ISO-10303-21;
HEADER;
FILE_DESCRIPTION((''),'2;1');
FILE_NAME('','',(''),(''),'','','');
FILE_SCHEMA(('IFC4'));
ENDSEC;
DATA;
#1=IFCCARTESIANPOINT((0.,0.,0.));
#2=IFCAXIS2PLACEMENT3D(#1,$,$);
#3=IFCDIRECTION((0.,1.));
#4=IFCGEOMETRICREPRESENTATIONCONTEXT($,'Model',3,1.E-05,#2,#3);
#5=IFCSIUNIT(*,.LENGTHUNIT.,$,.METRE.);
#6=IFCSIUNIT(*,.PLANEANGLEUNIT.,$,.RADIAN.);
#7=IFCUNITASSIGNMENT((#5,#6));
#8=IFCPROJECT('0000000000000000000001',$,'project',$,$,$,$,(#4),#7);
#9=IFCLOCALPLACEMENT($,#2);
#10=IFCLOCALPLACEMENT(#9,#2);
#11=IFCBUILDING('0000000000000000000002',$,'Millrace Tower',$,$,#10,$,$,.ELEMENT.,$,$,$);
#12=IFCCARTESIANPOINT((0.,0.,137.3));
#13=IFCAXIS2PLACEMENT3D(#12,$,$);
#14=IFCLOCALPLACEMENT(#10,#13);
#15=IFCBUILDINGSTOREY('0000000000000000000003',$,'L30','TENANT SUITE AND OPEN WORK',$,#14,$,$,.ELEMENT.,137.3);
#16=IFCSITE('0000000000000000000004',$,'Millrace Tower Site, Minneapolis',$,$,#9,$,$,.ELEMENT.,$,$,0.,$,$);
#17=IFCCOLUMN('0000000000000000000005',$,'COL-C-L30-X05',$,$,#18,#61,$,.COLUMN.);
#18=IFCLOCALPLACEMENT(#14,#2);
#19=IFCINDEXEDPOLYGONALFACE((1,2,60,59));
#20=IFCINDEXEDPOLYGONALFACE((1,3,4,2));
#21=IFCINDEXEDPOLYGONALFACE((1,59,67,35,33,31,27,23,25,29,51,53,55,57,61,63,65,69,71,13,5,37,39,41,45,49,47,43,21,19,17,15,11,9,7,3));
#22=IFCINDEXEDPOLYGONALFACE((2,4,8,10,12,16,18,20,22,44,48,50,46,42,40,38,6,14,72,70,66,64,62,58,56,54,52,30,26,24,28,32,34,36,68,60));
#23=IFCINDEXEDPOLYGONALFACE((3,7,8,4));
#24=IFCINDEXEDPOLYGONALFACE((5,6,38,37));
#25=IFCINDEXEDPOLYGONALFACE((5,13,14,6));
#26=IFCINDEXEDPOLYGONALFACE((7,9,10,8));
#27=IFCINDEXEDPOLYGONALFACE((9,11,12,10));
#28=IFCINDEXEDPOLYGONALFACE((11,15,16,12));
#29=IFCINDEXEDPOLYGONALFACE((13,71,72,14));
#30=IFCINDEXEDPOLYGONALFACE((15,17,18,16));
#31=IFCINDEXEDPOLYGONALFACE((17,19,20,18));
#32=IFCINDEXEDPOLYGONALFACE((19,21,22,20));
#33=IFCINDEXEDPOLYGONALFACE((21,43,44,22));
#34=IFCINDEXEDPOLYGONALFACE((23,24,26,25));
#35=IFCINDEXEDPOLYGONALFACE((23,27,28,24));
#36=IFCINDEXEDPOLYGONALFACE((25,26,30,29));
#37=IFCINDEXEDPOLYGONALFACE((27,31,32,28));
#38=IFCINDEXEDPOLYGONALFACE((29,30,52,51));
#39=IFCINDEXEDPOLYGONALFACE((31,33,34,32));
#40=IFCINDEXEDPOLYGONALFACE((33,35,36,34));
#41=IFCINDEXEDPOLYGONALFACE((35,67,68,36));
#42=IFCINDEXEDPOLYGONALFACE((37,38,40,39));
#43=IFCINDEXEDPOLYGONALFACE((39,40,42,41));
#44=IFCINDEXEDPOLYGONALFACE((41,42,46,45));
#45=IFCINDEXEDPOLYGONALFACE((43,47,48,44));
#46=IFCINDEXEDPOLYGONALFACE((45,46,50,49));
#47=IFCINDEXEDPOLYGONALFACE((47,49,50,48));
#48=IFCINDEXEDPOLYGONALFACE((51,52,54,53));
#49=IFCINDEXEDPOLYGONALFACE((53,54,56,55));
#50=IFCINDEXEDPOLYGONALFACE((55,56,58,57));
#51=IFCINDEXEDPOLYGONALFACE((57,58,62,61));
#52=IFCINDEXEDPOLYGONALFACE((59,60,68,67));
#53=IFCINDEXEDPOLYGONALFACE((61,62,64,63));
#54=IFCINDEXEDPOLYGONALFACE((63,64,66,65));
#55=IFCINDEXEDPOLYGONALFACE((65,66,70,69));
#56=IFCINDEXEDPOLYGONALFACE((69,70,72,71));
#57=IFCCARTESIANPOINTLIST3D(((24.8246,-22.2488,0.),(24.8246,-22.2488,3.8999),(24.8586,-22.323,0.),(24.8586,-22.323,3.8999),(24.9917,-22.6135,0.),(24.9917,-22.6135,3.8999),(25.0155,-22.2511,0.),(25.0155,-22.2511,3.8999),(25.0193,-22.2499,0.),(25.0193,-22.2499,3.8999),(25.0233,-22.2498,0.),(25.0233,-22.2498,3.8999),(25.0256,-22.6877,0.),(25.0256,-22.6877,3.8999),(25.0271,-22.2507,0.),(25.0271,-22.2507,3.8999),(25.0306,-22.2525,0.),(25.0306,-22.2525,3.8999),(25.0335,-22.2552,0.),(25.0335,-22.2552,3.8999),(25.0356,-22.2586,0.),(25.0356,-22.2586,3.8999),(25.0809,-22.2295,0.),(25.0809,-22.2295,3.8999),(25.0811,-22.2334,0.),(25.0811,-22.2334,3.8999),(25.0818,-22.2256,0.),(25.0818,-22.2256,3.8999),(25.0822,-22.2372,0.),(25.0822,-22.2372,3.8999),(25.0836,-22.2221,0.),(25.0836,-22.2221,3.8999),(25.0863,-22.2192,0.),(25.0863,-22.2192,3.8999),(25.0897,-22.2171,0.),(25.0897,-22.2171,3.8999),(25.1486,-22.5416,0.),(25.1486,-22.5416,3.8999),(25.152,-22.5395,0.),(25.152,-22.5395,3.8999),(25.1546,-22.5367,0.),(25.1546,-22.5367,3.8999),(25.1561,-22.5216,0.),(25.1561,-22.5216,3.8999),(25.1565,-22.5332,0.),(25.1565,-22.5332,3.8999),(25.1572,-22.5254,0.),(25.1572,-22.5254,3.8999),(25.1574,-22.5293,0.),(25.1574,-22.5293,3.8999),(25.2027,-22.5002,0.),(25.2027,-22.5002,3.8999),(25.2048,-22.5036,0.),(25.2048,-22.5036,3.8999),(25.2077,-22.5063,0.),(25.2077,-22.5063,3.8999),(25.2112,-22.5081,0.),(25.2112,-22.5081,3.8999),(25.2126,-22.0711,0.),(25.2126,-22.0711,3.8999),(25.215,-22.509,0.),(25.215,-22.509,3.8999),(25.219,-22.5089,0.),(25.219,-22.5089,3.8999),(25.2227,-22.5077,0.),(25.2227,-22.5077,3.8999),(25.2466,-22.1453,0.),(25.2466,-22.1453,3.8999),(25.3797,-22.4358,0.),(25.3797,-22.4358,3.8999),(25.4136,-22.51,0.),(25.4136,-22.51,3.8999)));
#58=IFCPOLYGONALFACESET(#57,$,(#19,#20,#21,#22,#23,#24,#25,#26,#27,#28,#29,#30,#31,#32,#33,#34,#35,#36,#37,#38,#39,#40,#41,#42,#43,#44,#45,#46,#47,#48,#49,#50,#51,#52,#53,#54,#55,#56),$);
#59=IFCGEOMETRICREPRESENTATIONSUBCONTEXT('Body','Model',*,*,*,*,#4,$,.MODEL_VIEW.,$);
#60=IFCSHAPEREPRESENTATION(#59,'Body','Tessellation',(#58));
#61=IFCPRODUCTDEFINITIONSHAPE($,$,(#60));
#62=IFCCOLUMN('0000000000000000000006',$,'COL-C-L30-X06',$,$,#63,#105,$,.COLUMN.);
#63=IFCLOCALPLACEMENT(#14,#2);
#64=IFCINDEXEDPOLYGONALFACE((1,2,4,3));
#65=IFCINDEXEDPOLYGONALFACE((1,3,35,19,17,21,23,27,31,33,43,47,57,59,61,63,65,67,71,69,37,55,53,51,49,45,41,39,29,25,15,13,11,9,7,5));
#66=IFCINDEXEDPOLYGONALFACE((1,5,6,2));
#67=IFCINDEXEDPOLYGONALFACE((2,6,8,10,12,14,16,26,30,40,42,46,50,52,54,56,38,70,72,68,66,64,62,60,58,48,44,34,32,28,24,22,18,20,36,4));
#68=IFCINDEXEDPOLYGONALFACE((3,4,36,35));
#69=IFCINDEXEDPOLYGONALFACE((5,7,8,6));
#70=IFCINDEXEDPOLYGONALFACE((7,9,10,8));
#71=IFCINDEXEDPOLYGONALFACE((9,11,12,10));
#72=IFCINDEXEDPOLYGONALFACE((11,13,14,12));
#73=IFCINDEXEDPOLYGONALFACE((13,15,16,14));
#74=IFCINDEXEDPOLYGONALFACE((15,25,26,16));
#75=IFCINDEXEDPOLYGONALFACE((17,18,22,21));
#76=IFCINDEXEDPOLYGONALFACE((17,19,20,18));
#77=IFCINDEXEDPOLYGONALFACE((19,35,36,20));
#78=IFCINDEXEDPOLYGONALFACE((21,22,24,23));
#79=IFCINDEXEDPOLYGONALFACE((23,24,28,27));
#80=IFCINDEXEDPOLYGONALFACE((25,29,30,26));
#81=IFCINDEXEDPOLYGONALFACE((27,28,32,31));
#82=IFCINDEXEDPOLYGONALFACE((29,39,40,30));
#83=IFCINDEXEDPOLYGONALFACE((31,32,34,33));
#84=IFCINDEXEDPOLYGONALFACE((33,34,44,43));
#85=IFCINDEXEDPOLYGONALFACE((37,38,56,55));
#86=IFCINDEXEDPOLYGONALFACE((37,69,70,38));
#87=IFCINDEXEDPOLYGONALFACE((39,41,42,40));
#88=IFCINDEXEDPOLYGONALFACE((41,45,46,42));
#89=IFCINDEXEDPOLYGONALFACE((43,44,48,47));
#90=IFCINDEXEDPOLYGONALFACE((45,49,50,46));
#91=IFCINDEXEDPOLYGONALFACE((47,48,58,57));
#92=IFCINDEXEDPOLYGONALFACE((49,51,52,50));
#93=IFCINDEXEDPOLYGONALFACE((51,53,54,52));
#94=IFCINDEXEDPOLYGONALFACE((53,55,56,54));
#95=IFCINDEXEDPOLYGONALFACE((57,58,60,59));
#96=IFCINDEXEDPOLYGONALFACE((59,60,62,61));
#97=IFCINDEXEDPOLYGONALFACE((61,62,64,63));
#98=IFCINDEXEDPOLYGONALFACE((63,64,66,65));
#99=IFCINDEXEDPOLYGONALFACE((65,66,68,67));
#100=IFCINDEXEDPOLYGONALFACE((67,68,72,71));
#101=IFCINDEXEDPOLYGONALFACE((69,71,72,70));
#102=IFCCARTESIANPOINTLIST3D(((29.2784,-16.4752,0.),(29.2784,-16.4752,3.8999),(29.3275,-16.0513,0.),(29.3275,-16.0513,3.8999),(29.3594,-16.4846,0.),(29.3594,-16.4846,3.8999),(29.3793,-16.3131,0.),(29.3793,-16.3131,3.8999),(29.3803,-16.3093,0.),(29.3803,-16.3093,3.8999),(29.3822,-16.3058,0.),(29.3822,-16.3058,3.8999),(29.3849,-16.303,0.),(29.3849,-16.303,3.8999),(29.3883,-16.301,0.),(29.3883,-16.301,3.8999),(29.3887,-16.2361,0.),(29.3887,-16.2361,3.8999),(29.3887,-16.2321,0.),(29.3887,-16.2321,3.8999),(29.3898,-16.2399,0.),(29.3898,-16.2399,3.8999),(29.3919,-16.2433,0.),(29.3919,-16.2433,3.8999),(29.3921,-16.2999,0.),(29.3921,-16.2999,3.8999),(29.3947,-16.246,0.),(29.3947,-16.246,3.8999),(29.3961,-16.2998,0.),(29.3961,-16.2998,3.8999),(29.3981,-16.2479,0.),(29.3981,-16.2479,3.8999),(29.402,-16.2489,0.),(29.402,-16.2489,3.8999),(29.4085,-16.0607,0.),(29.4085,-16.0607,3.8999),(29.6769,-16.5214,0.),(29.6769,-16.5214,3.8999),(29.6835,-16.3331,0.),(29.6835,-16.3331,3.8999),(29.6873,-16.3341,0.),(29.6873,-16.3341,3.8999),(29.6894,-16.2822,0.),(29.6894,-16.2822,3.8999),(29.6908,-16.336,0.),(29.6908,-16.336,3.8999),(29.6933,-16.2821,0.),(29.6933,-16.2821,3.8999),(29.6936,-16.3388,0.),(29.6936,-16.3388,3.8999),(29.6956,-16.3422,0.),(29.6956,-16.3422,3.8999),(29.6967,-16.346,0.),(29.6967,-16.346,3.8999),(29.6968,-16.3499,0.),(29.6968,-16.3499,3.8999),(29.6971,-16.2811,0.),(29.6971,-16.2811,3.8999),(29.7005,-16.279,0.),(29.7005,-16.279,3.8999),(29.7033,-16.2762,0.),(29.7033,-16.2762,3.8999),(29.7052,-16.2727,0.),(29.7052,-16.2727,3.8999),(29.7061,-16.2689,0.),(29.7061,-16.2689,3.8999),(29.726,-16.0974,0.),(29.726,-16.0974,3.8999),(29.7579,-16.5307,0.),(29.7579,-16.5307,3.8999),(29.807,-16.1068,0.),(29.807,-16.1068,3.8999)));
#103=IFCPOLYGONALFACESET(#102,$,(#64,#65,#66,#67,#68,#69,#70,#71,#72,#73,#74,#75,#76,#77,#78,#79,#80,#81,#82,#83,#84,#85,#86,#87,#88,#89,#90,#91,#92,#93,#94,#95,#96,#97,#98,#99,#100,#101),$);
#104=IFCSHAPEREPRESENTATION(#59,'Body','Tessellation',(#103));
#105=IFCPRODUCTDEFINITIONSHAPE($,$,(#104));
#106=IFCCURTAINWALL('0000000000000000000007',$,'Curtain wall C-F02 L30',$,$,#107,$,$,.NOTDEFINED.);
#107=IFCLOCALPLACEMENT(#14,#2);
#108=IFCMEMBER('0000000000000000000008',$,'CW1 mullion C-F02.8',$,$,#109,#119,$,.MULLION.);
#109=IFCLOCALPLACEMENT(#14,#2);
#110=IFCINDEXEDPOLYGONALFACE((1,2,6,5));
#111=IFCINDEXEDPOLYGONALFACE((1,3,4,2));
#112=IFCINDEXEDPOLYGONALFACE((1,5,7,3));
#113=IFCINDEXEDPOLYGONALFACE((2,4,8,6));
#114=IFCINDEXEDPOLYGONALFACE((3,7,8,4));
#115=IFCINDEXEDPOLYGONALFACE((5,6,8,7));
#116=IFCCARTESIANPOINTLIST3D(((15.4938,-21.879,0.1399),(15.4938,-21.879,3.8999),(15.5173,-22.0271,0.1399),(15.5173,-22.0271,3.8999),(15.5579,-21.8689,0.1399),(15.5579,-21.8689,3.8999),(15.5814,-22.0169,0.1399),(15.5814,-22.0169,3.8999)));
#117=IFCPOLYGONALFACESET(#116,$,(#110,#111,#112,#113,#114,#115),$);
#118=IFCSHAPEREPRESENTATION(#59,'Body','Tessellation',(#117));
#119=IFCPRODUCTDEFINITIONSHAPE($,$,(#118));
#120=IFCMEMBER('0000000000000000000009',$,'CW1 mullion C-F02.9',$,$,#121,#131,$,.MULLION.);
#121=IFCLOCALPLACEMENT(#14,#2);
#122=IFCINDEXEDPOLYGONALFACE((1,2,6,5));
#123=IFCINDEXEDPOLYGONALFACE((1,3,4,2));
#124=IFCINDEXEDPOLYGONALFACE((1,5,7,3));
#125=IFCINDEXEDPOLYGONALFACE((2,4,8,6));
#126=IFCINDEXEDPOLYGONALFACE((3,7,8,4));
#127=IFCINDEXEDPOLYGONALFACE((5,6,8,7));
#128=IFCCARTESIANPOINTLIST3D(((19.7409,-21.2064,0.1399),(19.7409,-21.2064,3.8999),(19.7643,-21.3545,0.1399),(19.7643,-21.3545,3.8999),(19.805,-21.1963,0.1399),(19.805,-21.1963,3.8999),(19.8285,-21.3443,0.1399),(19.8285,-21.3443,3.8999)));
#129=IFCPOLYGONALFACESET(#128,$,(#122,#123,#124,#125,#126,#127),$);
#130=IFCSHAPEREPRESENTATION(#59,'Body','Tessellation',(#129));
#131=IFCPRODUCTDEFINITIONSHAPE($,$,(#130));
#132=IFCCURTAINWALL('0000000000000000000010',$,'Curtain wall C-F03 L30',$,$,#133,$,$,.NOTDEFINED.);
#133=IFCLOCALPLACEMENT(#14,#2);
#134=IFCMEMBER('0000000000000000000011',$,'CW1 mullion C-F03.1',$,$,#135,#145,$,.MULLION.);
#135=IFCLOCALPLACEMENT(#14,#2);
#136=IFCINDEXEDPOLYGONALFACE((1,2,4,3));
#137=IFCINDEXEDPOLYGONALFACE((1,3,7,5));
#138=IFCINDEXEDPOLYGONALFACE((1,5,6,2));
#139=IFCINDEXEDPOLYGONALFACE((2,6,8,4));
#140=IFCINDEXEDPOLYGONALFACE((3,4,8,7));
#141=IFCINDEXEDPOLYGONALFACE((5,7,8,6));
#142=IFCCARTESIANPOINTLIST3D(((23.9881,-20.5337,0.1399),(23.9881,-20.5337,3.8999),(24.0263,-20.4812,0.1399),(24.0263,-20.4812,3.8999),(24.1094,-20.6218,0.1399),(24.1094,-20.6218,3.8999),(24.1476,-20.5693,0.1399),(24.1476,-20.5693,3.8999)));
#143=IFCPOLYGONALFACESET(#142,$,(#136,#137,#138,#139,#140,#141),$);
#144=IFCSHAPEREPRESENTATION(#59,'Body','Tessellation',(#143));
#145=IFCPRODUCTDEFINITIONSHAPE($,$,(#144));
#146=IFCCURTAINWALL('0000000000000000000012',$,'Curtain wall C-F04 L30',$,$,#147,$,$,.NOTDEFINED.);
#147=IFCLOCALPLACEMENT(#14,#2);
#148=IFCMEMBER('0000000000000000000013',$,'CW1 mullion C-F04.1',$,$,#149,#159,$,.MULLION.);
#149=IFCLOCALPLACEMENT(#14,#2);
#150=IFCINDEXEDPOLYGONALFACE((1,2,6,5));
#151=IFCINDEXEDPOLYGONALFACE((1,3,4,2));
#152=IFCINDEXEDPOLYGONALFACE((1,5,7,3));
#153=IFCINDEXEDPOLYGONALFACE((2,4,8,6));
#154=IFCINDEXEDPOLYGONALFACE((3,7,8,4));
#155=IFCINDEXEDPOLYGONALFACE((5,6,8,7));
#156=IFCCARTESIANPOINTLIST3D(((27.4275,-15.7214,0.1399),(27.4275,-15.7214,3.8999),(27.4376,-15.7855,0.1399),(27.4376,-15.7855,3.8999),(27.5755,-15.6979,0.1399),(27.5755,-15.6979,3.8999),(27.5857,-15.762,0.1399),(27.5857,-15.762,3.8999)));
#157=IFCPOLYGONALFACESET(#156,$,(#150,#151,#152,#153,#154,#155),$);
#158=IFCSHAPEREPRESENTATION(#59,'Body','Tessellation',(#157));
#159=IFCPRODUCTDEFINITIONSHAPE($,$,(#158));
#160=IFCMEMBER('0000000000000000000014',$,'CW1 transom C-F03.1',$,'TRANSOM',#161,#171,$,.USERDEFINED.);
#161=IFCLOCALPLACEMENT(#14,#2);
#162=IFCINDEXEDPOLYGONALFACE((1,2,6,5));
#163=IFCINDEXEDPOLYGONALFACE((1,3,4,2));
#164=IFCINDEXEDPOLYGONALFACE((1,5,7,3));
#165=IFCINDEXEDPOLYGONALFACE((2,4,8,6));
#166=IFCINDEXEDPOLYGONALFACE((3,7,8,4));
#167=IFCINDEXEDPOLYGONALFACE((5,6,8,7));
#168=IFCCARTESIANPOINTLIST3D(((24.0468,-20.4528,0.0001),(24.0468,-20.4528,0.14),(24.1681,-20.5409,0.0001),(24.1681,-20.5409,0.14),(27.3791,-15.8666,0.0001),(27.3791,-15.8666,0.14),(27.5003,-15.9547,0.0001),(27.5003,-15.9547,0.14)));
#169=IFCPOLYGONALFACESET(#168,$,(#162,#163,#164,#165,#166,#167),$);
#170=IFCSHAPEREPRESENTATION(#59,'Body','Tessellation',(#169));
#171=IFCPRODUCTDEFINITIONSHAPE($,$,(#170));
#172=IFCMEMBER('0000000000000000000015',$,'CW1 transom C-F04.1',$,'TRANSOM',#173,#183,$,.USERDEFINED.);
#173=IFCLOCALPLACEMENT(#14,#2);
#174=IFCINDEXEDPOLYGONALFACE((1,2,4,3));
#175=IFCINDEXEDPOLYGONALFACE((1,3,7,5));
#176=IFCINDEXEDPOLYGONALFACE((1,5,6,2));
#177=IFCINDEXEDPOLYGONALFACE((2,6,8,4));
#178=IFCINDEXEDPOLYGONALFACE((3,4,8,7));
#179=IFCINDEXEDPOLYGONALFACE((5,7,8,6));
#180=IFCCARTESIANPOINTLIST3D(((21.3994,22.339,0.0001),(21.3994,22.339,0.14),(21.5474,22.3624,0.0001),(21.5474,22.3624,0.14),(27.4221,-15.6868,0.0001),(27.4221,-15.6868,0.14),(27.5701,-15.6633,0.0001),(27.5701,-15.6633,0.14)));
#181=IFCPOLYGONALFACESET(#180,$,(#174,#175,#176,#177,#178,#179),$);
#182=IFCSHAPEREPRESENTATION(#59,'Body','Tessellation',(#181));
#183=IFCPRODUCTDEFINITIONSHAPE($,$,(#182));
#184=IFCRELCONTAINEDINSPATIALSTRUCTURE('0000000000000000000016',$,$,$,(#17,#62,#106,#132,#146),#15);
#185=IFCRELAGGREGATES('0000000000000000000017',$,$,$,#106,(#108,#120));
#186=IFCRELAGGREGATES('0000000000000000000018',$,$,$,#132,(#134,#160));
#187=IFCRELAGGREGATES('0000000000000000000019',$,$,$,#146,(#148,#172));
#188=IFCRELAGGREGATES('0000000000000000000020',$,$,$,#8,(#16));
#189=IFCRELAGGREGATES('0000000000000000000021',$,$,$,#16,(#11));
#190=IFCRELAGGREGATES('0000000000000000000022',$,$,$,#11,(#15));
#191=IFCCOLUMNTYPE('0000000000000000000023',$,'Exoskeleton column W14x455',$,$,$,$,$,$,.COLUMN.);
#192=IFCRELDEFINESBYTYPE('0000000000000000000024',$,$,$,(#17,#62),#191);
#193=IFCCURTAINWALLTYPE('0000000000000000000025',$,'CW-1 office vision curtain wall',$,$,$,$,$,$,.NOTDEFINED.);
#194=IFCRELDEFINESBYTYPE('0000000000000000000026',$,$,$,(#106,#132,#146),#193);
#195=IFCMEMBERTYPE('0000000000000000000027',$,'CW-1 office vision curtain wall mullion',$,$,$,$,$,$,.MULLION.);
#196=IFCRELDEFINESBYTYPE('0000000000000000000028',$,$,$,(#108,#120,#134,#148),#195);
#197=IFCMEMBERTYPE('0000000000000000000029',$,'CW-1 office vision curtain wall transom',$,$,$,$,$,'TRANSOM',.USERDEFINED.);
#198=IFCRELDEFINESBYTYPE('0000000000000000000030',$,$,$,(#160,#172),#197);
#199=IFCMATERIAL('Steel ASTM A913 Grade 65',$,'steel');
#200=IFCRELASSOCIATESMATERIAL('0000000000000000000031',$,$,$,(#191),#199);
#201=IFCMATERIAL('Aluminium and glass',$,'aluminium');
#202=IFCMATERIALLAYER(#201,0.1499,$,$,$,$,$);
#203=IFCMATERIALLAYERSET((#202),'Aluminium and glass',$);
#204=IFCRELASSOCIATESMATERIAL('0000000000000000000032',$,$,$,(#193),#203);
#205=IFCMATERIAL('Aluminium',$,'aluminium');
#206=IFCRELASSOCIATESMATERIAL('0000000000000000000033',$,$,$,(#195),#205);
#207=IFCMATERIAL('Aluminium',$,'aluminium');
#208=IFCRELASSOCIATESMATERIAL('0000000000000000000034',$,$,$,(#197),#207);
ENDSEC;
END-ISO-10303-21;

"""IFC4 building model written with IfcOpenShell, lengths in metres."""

from ifc_helpers import new_model, si_unit, direction, frame, origin, origin_2d, place, context, subcontext, project, spatial, rectangle, i_section, extrude, material, layer, layer_set, material_profile, profile_set, type_object, element, aggregate, save


model = new_model("IFC4")

# Units and contexts
model_context = context("Model", 3, precision=1e-05, world=origin(), true_north=direction((0.0, 1.0)))
body_context = subcontext(model_context, "Body", "Model", "MODEL_VIEW")
ifc_project = project(units=[si_unit("LENGTHUNIT", "METRE"), si_unit("PLANEANGLEUNIT", "RADIAN")], contexts=[model_context])

# Site, building, storey
site_placement = place(None, origin())
site = spatial("IfcSite", under=ifc_project, at=site_placement, Name="Millrace Tower Site, Minneapolis", CompositionType="ELEMENT", RefElevation=0.0)
building_placement = place(site_placement, origin())
building = spatial("IfcBuilding", under=site, at=building_placement, Name="Millrace Tower", CompositionType="ELEMENT")
storey_placement = place(building_placement, frame((0.0, 0.0, 137.3)))
storey = spatial("IfcBuildingStorey", under=building, at=storey_placement, Name="L30", Description="TENANT SUITE AND OPEN WORK", CompositionType="ELEMENT", Elevation=137.3)

# Columns
ifc_material_1 = material(Name="Steel ASTM A913 Grade 65", Category="steel")
ifc_material_profile_1 = material_profile(ifc_material_1, i_section(OverallWidth=0.4268, OverallDepth=0.4827, WebThickness=0.0513, FlangeThickness=0.0815, FilletRadius=0.0151, at=origin_2d()))
ifc_profile_set_1 = profile_set([ifc_material_profile_1], Name="Steel ASTM A913 Grade 65")
column_type = type_object("IfcColumnType", Name="Exoskeleton column W14x455", PredefinedType="COLUMN", material=ifc_profile_set_1)
for number, where, z_axis, x_axis, name in (
    (1, (25.1191, -22.3794, 0.0), (0.0, 0.0, 1.0), (0.909181, 0.416401, 0.0), "COL-C-L30-X05"),
    (2, (29.5427, -16.291, 0.0), (0.0, 0.0, 1.0), (0.115069, 0.993358, 0.0), "COL-C-L30-X06"),
):
    element("IfcColumn", number, at=place(storey_placement, frame(where, z_axis=z_axis, x_axis=x_axis)), inside=storey, type_object=column_type, Name=name, PredefinedType="COLUMN", context=body_context, shape_type="SweptSolid", body=[
        extrude(i_section(OverallWidth=0.4268, OverallDepth=0.4827, WebThickness=0.0513, FlangeThickness=0.0815, FilletRadius=0.0151, at=origin_2d()), origin(), (0.0, 0.0, 1.0), 3.8999),
    ])

# Curtain wall, members
ifc_material_2 = material(Name="Aluminium and glass", Category="aluminium")
ifc_layer_1 = layer(ifc_material_2, 0.1499)
ifc_layer_set_1 = layer_set([ifc_layer_1], Name="Aluminium and glass")
curtain_wall_type = type_object("IfcCurtainWallType", Name="CW-1 office vision curtain wall", PredefinedType="NOTDEFINED", material=ifc_layer_set_1)
placement = place(storey_placement, origin())
curtain_wall_1 = element("IfcCurtainWall", 3, at=placement, inside=storey, type_object=curtain_wall_type, Name="Curtain wall C-F02 L30", PredefinedType="NOTDEFINED")
ifc_material_3 = material(Name="Aluminium", Category="aluminium")
ifc_material_profile_2 = material_profile(ifc_material_3, rectangle(XDim=0.0649, YDim=0.1499, at=origin_2d()))
ifc_profile_set_2 = profile_set([ifc_material_profile_2], Name="Aluminium")
member_type_1 = type_object("IfcMemberType", Name="CW-1 office vision curtain wall mullion", PredefinedType="MULLION", material=ifc_profile_set_2)
member_1_placement = place(storey_placement, frame((15.5376, -21.948, 0.1399), z_axis=(0.0, 0.0, 1.0), x_axis=(0.987688, 0.156434, 0.0)))
member_1 = element("IfcMember", 4, at=member_1_placement, type_object=member_type_1, Name="CW1 mullion C-F02.8", PredefinedType="MULLION", context=body_context, shape_type="SweptSolid", body=[
    extrude(rectangle(XDim=0.0649, YDim=0.1499, at=origin_2d()), origin(), (0.0, 0.0, 1.0), 3.76),
])
member_2_placement = place(storey_placement, frame((19.7847, -21.2754, 0.1399), z_axis=(0.0, 0.0, 1.0), x_axis=(0.987688, 0.156434, 0.0)))
member_2 = element("IfcMember", 5, at=member_2_placement, type_object=member_type_1, Name="CW1 mullion C-F02.9", PredefinedType="MULLION", context=body_context, shape_type="SweptSolid", body=[
    extrude(rectangle(XDim=0.0649, YDim=0.1499, at=origin_2d()), origin(), (0.0, 0.0, 1.0), 3.76),
])
aggregate(curtain_wall_1, [member_1, member_2])

# Curtain walls, members
curtain_wall_2 = element("IfcCurtainWall", 6, at=placement, inside=storey, type_object=curtain_wall_type, Name="Curtain wall C-F03 L30", PredefinedType="NOTDEFINED")
member_3_placement = place(storey_placement, frame((24.0679, -20.5515, 0.1399), z_axis=(0.0, 0.0, 1.0), x_axis=(0.587785, 0.809017, 0.0)))
member_3 = element("IfcMember", 7, at=member_3_placement, type_object=member_type_1, Name="CW1 mullion C-F03.1", PredefinedType="MULLION", context=body_context, shape_type="SweptSolid", body=[
    extrude(rectangle(XDim=0.0649, YDim=0.1499, at=origin_2d()), origin(), (0.0, 0.0, 1.0), 3.76),
])
curtain_wall_3 = element("IfcCurtainWall", 8, at=placement, inside=storey, type_object=curtain_wall_type, Name="Curtain wall C-F04 L30", PredefinedType="NOTDEFINED")
member_4_placement = place(storey_placement, frame((27.5066, -15.7417, 0.1399), z_axis=(0.0, 0.0, 1.0), x_axis=(-0.156434, 0.987688, 0.0)))
member_4 = element("IfcMember", 9, at=member_4_placement, type_object=member_type_1, Name="CW1 mullion C-F04.1", PredefinedType="MULLION", context=body_context, shape_type="SweptSolid", body=[
    extrude(rectangle(XDim=0.0649, YDim=0.1499, at=origin_2d()), origin(), (0.0, 0.0, 1.0), 3.76),
])

# Members
ifc_material_4 = material(Name="Aluminium", Category="aluminium")
ifc_material_profile_3 = material_profile(ifc_material_4, rectangle(XDim=0.1499, YDim=0.1399, at=origin_2d()))
ifc_profile_set_3 = profile_set([ifc_material_profile_3], Name="Aluminium")
member_type_2 = type_object("IfcMemberType", Name="CW-1 office vision curtain wall transom", ElementType="TRANSOM", PredefinedType="USERDEFINED", material=ifc_profile_set_3)
member_5_placement = place(storey_placement, frame((24.1074, -20.4968, 0.0701), z_axis=(0.587811, 0.808999, 0.0), x_axis=(-0.808999, 0.587811, 0.0)))
member_5 = element("IfcMember", 10, at=member_5_placement, type_object=member_type_2, Name="CW1 transom C-F03.1", ObjectType="TRANSOM", PredefinedType="USERDEFINED", context=body_context, shape_type="SweptSolid", body=[
    extrude(rectangle(XDim=0.1499, YDim=0.1399, at=origin_2d()), origin(), (0.0, 0.0, 1.0), 5.6689),
])
aggregate(curtain_wall_2, [member_3, member_5])
member_6_placement = place(storey_placement, frame((27.4961, -15.675, 0.0701), z_axis=(-0.156434, 0.987688, 0.0), x_axis=(-0.987688, -0.156434, 0.0)))
member_6 = element("IfcMember", 11, at=member_6_placement, type_object=member_type_2, Name="CW1 transom C-F04.1", ObjectType="TRANSOM", PredefinedType="USERDEFINED", context=body_context, shape_type="SweptSolid", body=[
    extrude(rectangle(XDim=0.1499, YDim=0.1399, at=origin_2d()), origin(), (0.0, 0.0, 1.0), 38.4998),
])
aggregate(curtain_wall_3, [member_4, member_6])

save(model, "model.ifc")
